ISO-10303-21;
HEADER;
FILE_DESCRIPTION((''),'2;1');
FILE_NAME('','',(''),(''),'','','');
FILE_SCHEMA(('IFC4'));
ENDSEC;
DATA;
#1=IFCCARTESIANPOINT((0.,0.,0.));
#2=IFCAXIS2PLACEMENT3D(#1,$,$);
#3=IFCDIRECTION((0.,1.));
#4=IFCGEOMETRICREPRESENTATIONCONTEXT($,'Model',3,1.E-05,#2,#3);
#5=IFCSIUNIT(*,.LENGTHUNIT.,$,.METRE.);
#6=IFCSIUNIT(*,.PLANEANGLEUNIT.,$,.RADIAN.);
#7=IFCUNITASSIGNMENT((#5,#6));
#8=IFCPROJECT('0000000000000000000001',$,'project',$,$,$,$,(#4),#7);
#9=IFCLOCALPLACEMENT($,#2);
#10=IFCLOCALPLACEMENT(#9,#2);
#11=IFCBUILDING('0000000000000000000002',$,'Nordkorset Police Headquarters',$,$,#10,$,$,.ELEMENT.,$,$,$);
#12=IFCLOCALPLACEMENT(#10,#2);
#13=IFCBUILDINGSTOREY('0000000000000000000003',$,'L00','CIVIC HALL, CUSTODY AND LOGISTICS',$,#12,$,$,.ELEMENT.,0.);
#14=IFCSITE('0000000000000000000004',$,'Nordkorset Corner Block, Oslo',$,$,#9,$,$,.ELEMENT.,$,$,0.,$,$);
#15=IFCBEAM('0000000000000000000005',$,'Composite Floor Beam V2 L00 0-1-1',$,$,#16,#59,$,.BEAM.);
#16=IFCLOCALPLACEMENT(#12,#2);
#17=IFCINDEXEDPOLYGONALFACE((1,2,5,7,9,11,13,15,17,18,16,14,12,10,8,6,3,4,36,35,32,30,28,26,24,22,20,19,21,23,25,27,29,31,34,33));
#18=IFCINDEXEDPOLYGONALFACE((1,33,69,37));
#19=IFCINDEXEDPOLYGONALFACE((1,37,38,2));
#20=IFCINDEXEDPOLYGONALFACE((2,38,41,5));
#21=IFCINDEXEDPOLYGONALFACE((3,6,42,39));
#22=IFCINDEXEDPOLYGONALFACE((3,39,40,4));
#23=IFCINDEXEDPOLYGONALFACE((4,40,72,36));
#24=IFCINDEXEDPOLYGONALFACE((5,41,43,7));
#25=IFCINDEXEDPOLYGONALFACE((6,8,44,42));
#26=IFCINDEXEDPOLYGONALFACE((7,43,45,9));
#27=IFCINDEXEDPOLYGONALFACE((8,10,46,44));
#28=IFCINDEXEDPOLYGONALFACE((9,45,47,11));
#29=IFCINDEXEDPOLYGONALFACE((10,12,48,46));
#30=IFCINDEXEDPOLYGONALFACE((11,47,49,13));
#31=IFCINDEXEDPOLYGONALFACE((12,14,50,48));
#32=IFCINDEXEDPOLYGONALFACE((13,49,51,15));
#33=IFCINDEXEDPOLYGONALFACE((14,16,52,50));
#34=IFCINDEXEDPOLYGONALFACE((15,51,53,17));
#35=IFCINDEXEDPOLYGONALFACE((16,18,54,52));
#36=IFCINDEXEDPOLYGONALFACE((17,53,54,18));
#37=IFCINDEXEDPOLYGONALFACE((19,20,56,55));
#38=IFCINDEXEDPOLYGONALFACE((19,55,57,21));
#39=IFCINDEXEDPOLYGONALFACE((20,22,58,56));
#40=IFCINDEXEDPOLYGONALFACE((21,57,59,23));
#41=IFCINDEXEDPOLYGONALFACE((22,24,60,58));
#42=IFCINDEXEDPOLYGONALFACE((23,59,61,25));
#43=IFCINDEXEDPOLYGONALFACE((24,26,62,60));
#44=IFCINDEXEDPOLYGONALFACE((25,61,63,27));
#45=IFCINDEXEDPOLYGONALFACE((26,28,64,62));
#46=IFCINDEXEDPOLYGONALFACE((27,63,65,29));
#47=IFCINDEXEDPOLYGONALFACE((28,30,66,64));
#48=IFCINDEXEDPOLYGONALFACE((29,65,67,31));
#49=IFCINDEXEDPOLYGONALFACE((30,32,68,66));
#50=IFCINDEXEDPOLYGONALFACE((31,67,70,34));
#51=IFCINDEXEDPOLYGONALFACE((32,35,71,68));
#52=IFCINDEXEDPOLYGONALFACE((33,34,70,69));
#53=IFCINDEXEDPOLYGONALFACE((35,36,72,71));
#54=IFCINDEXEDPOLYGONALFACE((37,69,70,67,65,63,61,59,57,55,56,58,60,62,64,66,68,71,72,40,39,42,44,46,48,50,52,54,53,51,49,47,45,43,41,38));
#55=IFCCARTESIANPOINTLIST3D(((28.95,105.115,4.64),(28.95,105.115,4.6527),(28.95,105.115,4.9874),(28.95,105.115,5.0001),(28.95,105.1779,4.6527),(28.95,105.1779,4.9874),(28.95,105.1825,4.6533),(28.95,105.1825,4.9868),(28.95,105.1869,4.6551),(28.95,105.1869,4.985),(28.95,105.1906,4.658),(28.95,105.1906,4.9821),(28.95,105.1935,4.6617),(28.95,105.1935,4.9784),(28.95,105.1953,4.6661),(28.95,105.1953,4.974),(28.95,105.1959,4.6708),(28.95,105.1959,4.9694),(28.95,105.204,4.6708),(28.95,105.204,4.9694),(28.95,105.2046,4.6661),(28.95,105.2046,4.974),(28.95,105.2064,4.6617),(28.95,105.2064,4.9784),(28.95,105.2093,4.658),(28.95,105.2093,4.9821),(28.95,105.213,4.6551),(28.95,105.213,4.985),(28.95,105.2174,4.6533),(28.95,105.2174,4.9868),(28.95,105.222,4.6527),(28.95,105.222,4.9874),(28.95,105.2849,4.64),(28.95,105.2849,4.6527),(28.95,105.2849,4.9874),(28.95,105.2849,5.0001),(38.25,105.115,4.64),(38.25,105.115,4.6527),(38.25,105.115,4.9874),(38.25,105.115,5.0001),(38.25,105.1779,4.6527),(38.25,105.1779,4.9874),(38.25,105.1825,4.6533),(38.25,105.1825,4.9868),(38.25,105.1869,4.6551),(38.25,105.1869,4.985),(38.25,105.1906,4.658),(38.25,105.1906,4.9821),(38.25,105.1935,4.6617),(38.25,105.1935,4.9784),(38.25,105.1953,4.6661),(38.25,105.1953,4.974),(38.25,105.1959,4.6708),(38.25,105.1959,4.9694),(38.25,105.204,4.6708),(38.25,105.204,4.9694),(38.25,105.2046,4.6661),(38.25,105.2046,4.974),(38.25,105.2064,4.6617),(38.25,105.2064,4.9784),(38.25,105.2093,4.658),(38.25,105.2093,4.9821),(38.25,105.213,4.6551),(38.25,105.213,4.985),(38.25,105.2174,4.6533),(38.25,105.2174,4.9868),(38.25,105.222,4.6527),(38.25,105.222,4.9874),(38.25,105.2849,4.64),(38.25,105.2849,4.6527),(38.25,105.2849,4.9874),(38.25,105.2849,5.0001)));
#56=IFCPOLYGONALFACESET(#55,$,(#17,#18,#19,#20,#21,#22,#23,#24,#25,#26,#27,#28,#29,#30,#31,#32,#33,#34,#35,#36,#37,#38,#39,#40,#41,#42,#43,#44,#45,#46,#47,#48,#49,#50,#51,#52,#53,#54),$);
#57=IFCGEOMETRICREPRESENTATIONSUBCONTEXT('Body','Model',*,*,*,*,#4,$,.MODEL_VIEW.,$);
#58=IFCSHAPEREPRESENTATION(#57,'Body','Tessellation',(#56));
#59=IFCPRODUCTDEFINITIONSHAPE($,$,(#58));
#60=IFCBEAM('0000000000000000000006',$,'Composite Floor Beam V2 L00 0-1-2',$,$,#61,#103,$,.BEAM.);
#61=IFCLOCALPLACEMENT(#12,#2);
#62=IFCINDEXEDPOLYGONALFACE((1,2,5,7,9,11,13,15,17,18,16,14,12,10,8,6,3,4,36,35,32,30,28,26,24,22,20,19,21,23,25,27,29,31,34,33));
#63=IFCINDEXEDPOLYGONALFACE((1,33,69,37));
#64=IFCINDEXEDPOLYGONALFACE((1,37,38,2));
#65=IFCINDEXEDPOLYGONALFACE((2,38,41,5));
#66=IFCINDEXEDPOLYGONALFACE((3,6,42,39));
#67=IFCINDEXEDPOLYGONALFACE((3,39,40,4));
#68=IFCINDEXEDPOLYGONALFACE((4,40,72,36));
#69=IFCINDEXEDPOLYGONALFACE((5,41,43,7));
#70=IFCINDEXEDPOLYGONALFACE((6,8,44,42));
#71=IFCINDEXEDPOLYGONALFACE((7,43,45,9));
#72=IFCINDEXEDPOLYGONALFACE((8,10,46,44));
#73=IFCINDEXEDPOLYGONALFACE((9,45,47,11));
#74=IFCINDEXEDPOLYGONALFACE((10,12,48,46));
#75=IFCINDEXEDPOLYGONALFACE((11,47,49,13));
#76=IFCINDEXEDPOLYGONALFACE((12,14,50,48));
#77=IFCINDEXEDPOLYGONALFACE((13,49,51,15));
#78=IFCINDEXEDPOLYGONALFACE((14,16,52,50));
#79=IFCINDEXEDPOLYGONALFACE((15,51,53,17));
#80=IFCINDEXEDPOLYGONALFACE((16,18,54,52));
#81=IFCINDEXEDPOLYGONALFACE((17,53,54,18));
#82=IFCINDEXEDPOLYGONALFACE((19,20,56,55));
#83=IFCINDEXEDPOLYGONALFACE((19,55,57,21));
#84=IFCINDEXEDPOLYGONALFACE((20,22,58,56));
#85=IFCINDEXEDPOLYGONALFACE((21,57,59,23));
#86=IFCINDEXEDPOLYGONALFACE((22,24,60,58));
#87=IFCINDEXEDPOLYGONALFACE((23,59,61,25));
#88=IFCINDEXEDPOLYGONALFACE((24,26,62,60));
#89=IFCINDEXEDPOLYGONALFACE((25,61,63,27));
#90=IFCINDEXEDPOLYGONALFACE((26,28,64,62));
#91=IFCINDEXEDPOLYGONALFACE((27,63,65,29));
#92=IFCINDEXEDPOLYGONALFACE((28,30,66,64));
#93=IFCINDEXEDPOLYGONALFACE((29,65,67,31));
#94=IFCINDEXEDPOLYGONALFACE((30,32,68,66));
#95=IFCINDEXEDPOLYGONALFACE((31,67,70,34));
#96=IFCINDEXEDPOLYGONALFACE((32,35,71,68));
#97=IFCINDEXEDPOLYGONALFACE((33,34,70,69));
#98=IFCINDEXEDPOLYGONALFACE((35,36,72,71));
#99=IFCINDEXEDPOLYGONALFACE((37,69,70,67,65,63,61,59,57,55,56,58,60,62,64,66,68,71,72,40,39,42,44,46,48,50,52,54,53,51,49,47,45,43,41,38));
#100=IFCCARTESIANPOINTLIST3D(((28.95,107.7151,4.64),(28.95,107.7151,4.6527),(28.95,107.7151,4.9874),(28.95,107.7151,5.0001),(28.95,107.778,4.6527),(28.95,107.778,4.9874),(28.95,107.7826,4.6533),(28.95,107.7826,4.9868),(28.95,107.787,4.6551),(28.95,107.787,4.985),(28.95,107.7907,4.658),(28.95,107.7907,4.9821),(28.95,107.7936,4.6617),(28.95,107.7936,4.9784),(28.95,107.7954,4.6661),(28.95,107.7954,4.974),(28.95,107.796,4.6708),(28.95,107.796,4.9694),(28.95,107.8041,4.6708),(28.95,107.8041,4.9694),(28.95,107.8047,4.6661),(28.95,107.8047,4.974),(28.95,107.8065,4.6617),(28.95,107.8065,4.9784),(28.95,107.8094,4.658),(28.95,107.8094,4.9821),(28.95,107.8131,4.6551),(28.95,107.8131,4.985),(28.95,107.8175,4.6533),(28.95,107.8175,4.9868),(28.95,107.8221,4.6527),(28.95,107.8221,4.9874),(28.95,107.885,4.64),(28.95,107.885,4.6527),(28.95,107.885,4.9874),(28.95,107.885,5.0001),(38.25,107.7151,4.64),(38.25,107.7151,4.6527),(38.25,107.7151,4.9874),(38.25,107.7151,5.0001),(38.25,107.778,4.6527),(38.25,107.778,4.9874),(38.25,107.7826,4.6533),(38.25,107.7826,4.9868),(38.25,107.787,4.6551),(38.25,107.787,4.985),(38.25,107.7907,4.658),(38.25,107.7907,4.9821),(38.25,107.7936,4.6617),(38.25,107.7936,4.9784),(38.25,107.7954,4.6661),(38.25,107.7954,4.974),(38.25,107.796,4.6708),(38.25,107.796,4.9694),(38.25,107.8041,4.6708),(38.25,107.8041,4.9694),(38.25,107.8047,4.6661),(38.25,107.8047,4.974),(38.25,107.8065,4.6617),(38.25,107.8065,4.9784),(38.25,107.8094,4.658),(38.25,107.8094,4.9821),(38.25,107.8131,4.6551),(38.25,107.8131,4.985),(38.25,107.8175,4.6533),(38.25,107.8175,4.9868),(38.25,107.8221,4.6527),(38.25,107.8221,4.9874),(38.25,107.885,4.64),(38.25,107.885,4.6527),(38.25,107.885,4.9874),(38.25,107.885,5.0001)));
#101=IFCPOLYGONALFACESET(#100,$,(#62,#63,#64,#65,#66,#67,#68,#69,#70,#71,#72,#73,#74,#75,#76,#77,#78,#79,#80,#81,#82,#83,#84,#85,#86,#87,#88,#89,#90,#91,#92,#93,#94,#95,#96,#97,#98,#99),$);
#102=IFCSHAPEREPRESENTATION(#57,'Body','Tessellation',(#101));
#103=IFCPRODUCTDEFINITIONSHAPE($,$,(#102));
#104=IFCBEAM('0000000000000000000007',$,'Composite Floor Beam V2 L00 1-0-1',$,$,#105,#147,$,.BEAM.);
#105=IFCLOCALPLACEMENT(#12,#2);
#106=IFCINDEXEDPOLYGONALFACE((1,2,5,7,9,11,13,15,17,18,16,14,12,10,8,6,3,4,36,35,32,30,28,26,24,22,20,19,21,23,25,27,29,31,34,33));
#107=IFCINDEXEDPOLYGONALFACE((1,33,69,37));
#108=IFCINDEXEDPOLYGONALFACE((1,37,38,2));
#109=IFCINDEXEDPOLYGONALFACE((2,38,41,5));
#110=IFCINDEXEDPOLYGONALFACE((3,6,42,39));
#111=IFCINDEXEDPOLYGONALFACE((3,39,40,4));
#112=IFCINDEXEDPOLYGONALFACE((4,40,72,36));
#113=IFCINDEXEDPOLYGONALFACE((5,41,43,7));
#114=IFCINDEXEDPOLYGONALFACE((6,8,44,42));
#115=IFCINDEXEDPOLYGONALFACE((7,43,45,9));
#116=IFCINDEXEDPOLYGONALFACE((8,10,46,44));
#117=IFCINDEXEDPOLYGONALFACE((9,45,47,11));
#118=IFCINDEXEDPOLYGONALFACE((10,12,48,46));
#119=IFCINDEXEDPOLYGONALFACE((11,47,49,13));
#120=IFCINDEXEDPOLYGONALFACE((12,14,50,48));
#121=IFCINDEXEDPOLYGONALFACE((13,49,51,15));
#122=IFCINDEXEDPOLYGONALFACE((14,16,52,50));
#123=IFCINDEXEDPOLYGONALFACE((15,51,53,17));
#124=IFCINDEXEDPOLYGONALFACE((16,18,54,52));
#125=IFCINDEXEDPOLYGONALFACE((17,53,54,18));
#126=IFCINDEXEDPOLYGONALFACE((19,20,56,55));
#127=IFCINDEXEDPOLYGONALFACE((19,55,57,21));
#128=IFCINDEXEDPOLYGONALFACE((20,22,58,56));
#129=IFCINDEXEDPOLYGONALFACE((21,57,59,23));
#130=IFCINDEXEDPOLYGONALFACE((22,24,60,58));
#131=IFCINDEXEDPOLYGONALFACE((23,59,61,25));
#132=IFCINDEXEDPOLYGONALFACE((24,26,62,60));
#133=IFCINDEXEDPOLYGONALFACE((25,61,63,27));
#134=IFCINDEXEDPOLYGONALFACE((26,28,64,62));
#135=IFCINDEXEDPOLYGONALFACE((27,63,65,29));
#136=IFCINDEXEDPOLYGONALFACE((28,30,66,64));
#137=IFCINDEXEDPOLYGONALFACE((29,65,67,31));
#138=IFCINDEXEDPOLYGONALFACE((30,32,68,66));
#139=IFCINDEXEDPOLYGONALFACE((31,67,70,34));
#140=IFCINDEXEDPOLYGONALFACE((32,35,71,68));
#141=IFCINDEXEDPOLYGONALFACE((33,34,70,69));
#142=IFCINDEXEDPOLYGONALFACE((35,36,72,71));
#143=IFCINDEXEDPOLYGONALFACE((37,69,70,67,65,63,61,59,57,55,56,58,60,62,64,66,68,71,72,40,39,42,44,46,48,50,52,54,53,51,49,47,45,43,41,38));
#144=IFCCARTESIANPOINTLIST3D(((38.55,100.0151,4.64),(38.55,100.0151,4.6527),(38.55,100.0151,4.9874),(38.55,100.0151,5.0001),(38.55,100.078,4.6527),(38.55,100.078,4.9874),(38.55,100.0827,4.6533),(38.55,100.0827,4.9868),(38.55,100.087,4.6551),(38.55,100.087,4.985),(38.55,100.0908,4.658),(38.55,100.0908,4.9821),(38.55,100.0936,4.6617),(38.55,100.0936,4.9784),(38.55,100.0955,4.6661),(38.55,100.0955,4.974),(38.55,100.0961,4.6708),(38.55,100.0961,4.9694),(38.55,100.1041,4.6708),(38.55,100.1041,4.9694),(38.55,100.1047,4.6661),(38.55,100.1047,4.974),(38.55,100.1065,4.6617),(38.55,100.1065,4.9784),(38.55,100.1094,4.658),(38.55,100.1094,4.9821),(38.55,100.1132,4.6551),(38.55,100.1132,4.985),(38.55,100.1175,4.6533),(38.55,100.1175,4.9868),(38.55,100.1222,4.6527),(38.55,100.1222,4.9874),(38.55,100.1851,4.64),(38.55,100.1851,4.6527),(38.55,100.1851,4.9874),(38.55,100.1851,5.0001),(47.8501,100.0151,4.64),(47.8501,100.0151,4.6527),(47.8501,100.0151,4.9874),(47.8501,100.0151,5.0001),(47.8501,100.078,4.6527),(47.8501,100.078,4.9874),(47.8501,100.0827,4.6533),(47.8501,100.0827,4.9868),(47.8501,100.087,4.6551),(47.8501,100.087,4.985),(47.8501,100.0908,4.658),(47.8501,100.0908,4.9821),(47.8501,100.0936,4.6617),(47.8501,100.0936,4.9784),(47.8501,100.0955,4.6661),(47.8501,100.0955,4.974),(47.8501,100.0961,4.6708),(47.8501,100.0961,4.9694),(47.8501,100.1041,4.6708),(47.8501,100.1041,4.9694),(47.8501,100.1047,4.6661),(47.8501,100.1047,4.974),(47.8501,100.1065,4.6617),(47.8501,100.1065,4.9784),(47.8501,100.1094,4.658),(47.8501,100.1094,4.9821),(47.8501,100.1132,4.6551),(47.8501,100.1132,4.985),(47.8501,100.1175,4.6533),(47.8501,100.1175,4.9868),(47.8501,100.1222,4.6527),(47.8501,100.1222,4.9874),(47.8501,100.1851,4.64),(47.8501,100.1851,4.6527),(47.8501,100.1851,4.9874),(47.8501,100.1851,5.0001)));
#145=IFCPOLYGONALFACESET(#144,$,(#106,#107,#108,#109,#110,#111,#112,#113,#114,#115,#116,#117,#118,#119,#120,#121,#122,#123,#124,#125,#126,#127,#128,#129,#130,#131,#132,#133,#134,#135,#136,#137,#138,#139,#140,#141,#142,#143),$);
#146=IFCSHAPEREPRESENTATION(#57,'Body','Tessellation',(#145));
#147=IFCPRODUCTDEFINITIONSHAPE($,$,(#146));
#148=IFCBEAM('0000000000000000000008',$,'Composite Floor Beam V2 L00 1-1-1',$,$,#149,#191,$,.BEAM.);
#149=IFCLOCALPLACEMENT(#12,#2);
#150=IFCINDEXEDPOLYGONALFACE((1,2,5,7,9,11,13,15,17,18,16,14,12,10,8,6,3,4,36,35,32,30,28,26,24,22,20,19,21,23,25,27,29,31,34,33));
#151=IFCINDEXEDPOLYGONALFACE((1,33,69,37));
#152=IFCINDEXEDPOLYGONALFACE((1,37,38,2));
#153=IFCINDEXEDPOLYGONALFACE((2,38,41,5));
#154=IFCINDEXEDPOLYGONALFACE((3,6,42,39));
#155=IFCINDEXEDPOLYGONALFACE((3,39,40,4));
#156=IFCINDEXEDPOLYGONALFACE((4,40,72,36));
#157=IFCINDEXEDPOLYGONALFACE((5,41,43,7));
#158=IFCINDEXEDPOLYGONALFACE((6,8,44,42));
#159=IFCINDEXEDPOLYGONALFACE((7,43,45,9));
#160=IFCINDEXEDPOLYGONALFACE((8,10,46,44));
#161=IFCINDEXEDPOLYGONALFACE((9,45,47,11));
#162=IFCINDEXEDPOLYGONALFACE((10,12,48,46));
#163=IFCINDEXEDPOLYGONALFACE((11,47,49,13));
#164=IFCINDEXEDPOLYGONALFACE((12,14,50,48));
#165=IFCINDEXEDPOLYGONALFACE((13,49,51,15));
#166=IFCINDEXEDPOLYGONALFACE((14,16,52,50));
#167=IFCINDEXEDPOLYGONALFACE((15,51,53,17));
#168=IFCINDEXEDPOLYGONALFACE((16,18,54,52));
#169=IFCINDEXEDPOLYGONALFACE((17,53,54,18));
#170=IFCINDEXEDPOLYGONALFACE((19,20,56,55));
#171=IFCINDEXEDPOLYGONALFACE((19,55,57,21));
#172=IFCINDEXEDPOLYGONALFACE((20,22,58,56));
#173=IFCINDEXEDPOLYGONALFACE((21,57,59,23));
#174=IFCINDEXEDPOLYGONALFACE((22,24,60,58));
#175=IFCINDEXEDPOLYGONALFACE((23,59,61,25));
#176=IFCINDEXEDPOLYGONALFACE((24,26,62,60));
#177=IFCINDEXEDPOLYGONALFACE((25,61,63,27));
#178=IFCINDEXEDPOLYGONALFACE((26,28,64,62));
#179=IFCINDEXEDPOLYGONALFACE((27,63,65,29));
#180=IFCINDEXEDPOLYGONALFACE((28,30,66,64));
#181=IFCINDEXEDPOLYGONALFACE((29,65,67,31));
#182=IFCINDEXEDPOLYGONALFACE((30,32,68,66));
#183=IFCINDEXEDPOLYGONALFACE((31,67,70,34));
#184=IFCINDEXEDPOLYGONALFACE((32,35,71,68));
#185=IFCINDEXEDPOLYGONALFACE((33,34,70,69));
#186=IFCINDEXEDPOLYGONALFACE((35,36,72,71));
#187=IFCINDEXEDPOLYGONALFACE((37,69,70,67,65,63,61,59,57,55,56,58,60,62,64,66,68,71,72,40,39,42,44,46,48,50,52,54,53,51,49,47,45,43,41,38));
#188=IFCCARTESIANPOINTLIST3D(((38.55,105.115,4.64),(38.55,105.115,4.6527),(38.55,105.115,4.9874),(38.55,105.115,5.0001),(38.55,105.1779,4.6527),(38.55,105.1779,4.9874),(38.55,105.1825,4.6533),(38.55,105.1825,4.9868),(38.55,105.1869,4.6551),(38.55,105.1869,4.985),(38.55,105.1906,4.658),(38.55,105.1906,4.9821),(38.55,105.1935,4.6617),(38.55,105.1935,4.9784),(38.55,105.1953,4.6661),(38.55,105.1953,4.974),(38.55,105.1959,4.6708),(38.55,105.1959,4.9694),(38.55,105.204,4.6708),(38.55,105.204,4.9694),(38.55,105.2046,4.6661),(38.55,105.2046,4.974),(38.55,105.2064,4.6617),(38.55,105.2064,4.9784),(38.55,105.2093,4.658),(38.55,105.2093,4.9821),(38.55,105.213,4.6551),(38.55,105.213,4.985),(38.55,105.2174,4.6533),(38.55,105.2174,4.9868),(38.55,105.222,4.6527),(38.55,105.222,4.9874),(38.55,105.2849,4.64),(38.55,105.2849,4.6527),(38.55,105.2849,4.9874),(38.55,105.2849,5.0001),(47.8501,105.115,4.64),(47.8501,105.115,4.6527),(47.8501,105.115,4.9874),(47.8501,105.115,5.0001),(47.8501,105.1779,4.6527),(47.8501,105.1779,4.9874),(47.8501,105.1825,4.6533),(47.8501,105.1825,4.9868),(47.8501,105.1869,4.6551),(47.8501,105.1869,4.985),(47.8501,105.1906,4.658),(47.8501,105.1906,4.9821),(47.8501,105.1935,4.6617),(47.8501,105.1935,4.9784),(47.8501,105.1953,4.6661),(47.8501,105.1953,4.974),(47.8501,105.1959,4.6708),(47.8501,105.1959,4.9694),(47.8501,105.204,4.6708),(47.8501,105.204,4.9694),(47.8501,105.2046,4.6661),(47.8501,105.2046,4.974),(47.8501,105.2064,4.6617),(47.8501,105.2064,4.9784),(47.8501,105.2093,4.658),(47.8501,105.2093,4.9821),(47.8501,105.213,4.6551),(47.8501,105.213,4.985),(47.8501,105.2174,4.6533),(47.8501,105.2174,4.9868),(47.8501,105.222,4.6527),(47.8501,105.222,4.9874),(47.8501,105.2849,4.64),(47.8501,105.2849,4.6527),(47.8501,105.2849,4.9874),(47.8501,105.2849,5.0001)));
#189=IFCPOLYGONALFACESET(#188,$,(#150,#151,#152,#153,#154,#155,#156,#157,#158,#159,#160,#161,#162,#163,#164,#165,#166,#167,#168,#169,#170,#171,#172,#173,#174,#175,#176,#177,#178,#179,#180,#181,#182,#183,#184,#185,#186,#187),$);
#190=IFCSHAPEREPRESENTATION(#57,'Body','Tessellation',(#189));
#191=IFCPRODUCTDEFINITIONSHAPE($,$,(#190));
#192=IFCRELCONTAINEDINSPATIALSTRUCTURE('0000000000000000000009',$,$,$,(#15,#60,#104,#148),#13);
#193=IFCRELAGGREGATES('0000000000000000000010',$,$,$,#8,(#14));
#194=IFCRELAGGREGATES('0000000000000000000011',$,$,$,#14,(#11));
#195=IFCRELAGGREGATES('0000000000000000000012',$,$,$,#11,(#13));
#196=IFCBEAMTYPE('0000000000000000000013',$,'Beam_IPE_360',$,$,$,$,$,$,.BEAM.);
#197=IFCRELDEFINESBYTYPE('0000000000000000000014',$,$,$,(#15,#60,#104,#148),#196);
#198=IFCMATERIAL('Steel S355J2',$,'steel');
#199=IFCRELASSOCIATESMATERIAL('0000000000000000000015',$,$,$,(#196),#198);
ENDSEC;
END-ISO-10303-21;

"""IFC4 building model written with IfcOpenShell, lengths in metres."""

from ifc_helpers import new_model, si_unit, direction, frame, origin, origin_2d, place, context, subcontext, project, spatial, i_section, extrude, material, material_profile, profile_set, type_object, element, save


model = new_model("IFC4")

# Units and contexts
model_context = context("Model", 3, precision=1e-05, world=origin(), true_north=direction((0.0, 1.0)))
body_context = subcontext(model_context, "Body", "Model", "MODEL_VIEW")
ifc_project = project(units=[si_unit("LENGTHUNIT", "METRE"), si_unit("PLANEANGLEUNIT", "RADIAN")], contexts=[model_context])

# Site, building, storey
site_placement = place(None, origin())
site = spatial("IfcSite", under=ifc_project, at=site_placement, Name="Nordkorset Corner Block, Oslo", CompositionType="ELEMENT", RefElevation=0.0)
building_placement = place(site_placement, origin())
building = spatial("IfcBuilding", under=site, at=building_placement, Name="Nordkorset Police Headquarters", CompositionType="ELEMENT")
storey_placement = place(building_placement, origin())
storey = spatial("IfcBuildingStorey", under=building, at=storey_placement, Name="L00", Description="CIVIC HALL, CUSTODY AND LOGISTICS", CompositionType="ELEMENT", Elevation=0.0)

# Beams
ifc_material_1 = material(Name="Steel S355J2", Category="steel")
ifc_material_profile_1 = material_profile(ifc_material_1, i_section(OverallWidth=0.1699, OverallDepth=0.3601, WebThickness=0.0081, FlangeThickness=0.0127, FilletRadius=0.0181, at=origin_2d()), Name="IPE 360")
ifc_profile_set_1 = profile_set([ifc_material_profile_1], Name="Steel S355J2")
beam_type_1 = type_object("IfcBeamType", Name="Beam_IPE_360", PredefinedType="BEAM", material=ifc_profile_set_1)
for number, where, z_axis, x_axis, name in (
    (1, (28.95, 105.2, 4.8201), (1.0, 0.0, 0.0), (0.0, 1.0, 0.0), "Composite Floor Beam V2 L00 0-1-1"),
    (2, (28.95, 107.8, 4.8201), (1.0, 0.0, 0.0), (0.0, 1.0, 0.0), "Composite Floor Beam V2 L00 0-1-2"),
    (3, (38.55, 100.1001, 4.8201), (1.0, 0.0, 0.0), (0.0, 1.0, 0.0), "Composite Floor Beam V2 L00 1-0-1"),
    (4, (38.55, 105.2, 4.8201), (1.0, 0.0, 0.0), (0.0, 1.0, 0.0), "Composite Floor Beam V2 L00 1-1-1"),
):
    element("IfcBeam", number, at=place(storey_placement, frame(where, z_axis=z_axis, x_axis=x_axis)), inside=storey, type_object=beam_type_1, Name=name, PredefinedType="BEAM", context=body_context, shape_type="SweptSolid", body=[
        extrude(i_section(OverallWidth=0.1699, OverallDepth=0.3601, WebThickness=0.0081, FlangeThickness=0.0127, FilletRadius=0.0181, at=origin_2d()), origin(), (0.0, 0.0, 1.0), 9.3),
    ])

save(model, "model.ifc")
